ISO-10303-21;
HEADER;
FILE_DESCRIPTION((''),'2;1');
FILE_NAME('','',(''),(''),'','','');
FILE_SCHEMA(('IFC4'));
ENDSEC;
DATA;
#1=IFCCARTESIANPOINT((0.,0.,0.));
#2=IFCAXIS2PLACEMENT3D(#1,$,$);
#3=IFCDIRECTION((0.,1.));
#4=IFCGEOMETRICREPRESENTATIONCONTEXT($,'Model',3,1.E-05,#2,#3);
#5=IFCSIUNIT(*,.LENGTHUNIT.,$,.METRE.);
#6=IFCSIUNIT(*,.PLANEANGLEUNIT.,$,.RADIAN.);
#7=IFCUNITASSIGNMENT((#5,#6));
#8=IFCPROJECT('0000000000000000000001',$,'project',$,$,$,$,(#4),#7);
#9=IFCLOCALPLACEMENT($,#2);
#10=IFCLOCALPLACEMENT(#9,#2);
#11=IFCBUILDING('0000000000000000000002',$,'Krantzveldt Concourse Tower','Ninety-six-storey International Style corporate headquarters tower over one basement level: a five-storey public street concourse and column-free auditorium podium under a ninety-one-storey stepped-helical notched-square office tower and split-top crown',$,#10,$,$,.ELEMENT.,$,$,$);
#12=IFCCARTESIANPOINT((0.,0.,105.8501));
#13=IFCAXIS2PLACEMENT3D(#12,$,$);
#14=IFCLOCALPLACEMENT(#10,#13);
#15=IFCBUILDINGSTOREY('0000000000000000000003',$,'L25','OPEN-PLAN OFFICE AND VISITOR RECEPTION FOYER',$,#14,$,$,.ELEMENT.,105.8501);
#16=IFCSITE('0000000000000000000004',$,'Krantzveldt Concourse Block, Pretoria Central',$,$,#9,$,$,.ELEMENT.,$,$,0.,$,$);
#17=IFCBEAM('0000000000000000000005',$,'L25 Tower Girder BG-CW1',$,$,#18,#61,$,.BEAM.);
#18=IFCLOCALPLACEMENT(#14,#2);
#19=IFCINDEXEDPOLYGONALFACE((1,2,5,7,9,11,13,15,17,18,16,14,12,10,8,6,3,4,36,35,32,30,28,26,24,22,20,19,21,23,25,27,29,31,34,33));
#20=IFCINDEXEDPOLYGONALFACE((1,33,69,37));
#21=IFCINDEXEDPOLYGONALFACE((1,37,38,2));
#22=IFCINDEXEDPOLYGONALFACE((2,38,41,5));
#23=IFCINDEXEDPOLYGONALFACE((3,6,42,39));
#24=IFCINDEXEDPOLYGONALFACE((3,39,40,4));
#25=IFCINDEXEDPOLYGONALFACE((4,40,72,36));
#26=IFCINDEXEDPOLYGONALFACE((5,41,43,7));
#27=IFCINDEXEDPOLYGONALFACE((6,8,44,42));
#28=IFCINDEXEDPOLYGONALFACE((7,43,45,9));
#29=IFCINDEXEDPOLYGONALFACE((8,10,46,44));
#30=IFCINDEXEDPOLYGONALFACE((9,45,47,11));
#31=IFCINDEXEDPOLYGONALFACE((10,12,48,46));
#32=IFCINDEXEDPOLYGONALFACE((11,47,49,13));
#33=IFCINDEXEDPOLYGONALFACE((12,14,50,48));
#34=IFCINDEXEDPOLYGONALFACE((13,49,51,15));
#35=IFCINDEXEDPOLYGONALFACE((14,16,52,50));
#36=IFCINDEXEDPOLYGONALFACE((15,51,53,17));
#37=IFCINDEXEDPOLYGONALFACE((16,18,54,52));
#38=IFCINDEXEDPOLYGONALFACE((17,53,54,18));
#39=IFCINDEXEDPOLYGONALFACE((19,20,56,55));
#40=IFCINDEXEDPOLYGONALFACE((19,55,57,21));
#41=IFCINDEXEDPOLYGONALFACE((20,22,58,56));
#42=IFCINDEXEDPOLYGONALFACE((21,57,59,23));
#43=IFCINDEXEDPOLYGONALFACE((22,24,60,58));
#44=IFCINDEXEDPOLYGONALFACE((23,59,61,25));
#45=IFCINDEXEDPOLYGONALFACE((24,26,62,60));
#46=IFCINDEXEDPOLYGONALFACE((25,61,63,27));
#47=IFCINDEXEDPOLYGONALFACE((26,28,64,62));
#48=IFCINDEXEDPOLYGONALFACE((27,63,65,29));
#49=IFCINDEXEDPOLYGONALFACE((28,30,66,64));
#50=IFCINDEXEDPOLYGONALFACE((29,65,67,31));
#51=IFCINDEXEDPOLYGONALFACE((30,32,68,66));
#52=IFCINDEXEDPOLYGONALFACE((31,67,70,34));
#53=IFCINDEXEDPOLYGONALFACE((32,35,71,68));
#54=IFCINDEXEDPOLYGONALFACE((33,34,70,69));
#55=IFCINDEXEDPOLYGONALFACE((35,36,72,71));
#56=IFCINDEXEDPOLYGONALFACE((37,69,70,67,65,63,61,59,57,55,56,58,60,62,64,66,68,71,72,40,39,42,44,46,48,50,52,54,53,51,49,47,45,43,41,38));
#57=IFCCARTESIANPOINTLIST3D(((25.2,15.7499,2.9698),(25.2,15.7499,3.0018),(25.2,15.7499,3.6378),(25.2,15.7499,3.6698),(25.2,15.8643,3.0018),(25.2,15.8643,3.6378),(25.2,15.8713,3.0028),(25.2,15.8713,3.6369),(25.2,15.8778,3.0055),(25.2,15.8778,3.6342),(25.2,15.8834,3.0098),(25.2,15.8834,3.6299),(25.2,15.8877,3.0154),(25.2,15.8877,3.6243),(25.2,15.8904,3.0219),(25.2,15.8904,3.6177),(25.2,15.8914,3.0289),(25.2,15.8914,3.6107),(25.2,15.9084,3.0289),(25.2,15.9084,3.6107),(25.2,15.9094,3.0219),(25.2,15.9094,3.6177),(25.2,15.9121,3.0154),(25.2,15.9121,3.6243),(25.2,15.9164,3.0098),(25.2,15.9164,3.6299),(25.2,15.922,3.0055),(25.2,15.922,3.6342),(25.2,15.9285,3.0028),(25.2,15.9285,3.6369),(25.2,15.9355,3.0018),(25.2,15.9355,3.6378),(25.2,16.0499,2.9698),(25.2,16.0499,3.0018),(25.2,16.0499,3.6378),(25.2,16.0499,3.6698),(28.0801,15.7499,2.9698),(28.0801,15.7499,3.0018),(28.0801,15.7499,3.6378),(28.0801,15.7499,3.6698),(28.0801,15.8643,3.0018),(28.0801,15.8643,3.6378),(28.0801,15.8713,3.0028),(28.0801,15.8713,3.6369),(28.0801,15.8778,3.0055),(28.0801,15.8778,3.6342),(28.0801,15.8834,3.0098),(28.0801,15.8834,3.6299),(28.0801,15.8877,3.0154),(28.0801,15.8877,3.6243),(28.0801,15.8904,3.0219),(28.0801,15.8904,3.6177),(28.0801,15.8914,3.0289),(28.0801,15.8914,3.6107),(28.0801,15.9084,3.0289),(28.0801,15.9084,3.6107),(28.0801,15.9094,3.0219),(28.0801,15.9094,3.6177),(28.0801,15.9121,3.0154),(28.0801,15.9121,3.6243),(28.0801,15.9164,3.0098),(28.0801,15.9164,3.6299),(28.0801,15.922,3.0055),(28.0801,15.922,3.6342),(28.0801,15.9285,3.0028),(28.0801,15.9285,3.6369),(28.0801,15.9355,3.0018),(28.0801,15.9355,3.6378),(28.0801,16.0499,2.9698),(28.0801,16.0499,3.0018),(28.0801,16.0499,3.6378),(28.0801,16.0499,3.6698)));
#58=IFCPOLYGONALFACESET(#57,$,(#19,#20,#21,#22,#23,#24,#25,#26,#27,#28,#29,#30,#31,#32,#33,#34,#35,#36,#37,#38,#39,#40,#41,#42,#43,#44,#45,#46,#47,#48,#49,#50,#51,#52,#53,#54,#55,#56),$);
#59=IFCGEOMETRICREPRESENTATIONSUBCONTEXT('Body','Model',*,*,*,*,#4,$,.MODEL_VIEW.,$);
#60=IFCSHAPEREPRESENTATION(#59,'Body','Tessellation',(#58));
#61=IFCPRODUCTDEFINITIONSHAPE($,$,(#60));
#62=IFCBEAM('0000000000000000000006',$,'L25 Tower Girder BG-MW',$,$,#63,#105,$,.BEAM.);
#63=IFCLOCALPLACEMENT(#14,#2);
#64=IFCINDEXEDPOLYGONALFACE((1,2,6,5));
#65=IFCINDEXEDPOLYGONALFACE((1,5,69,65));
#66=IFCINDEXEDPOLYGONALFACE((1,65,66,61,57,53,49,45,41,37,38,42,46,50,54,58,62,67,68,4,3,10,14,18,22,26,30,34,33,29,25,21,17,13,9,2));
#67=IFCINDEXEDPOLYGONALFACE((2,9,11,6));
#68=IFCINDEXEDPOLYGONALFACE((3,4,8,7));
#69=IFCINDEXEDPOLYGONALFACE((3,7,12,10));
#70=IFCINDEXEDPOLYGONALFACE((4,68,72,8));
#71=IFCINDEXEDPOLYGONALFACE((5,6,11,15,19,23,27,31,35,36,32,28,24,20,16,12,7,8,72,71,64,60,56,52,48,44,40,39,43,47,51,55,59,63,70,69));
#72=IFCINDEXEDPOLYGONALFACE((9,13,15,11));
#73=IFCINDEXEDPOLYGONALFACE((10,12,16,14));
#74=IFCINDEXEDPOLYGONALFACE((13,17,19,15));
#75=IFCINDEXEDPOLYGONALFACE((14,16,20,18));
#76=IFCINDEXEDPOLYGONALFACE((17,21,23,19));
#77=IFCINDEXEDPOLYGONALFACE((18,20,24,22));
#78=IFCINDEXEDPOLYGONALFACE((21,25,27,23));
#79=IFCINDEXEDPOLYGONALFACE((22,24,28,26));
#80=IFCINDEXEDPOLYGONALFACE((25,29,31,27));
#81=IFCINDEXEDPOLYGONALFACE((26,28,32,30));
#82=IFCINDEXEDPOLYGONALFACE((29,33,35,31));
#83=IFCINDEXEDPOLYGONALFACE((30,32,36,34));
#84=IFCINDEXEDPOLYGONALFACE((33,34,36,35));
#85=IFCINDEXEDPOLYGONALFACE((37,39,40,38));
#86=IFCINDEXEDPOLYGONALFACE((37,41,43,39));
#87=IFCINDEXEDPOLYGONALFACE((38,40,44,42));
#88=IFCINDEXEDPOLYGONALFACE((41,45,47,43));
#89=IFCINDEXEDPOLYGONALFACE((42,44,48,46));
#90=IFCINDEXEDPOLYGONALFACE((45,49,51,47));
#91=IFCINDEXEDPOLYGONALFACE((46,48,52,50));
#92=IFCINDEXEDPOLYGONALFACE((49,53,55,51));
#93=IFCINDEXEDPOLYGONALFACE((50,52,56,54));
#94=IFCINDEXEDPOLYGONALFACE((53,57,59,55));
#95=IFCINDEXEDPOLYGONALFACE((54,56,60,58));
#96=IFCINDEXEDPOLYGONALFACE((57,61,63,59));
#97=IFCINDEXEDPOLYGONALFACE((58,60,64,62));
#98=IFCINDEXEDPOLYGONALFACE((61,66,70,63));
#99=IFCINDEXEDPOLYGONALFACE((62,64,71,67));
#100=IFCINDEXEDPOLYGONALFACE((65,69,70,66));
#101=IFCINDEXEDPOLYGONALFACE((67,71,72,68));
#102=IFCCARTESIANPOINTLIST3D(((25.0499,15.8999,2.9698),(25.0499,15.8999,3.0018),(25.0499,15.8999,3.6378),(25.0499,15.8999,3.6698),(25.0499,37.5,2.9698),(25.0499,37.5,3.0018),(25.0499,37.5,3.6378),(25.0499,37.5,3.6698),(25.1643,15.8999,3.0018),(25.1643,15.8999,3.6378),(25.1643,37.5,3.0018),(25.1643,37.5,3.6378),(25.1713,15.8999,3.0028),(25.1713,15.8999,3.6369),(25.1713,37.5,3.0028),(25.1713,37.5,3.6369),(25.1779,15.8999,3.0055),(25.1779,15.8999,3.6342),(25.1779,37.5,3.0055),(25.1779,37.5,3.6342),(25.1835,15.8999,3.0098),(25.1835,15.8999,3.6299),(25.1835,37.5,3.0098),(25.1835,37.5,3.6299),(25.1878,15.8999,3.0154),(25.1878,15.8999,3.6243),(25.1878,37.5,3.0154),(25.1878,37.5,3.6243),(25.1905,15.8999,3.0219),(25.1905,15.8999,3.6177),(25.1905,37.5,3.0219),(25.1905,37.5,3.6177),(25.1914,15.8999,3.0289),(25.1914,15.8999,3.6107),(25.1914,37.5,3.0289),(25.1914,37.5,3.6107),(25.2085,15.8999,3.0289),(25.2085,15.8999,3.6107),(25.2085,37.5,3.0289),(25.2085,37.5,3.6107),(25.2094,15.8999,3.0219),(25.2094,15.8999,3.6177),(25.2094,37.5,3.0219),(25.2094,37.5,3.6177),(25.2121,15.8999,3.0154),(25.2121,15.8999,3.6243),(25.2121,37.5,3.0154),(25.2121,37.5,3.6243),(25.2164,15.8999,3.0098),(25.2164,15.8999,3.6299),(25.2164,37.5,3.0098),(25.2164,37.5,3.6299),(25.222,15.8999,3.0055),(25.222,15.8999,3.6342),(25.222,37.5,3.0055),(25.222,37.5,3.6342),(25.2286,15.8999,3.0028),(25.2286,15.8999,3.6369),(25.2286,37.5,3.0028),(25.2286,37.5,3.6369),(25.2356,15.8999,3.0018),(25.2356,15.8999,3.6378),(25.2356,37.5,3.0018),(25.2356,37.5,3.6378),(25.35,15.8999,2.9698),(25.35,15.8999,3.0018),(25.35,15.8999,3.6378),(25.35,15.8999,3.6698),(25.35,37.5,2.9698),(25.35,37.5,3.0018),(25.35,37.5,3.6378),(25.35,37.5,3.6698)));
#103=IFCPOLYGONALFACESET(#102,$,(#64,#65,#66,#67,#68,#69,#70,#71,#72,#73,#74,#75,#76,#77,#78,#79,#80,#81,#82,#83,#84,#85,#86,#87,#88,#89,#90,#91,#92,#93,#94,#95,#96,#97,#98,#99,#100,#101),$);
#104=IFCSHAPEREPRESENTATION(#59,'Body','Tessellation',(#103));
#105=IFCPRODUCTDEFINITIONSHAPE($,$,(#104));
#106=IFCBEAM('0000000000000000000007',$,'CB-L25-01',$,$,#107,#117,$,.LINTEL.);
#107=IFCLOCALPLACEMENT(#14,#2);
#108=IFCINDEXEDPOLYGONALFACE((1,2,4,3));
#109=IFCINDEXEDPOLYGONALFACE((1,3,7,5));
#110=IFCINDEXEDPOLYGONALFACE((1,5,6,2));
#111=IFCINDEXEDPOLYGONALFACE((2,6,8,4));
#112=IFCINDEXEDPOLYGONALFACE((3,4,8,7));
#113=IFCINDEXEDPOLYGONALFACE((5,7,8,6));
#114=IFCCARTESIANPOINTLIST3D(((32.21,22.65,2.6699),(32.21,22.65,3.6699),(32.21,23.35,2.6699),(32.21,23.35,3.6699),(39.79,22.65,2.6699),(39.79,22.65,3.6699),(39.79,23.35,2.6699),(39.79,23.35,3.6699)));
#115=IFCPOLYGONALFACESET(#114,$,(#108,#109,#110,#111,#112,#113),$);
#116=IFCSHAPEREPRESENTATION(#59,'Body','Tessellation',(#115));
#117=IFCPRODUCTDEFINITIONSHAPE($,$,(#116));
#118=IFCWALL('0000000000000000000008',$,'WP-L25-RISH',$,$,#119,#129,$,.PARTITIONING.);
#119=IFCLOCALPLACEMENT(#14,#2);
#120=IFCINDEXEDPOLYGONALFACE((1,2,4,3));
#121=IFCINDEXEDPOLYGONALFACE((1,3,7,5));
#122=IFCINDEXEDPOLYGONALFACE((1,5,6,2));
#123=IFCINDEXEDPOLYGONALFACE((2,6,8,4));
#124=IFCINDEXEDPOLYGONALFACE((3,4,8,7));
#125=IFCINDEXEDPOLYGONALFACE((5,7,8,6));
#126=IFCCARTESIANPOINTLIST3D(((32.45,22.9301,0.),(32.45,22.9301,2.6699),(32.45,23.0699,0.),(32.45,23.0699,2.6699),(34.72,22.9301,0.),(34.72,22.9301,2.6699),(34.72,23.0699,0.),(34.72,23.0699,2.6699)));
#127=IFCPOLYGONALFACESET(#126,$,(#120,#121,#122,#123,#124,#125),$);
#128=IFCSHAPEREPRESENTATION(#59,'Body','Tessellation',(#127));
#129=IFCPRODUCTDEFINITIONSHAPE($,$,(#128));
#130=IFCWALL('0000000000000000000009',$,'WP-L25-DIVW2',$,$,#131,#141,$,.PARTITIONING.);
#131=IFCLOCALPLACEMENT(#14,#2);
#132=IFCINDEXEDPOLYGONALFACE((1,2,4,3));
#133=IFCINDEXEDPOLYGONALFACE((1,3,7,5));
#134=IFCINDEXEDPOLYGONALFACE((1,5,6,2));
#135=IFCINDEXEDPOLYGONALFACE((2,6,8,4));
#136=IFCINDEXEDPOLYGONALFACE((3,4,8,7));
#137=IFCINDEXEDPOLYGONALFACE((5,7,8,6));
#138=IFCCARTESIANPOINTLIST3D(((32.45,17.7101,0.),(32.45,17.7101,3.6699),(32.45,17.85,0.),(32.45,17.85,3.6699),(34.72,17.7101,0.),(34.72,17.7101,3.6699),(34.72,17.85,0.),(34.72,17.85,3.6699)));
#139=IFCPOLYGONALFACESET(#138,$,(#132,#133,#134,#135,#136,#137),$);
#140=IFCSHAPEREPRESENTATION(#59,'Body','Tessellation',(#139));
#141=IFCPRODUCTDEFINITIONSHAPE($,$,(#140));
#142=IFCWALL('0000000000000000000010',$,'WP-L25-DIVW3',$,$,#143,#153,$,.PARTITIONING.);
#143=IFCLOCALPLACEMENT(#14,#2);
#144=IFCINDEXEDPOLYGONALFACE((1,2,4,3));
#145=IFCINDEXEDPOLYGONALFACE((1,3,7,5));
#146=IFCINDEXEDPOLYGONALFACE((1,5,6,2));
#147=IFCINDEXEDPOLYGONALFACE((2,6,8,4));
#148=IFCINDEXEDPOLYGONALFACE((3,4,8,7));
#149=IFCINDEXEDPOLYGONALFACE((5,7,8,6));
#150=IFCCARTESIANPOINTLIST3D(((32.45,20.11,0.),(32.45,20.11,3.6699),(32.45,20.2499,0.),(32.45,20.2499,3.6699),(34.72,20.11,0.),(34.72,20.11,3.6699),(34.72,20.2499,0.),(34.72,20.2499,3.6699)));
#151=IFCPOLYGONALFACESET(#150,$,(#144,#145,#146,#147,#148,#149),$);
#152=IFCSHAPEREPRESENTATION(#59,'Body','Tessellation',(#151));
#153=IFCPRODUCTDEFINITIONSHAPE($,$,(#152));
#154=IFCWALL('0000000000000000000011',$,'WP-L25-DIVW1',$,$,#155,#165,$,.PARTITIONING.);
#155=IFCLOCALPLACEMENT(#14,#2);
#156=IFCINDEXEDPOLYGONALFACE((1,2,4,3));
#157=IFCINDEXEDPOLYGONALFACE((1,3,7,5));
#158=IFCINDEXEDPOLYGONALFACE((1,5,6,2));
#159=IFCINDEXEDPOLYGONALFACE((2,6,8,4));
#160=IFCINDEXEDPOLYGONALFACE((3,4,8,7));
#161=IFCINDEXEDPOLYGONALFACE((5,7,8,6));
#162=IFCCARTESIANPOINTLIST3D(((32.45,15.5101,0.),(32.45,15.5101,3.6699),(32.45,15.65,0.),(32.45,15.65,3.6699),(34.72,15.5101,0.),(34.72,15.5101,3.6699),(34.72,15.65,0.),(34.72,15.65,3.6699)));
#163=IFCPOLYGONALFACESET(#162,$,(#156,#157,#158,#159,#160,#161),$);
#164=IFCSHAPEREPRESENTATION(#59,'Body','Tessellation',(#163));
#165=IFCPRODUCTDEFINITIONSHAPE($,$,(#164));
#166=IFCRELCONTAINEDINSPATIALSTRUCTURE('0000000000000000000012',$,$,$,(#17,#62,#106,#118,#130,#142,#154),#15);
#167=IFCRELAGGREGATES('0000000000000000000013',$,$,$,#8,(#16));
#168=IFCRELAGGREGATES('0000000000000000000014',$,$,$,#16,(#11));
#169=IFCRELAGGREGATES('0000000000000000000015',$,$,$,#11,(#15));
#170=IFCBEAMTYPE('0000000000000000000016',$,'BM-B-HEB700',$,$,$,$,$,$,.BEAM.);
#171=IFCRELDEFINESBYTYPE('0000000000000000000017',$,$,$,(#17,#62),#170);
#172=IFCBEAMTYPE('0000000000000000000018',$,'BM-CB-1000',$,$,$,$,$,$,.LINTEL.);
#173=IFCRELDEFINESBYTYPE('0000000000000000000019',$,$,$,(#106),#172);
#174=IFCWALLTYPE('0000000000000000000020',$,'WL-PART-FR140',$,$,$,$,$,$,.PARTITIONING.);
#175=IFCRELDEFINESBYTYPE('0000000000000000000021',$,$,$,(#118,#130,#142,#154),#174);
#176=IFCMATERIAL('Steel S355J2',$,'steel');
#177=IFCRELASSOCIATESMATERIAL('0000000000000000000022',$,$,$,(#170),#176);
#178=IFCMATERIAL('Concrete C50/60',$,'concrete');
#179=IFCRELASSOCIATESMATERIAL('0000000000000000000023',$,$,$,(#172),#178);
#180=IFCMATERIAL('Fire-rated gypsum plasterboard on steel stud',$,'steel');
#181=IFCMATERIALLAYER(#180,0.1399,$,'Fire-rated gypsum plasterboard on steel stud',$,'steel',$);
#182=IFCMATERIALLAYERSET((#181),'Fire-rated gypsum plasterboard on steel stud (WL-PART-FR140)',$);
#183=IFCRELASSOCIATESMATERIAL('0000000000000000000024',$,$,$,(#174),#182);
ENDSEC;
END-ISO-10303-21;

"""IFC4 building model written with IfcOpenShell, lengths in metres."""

from ifc_helpers import new_model, si_unit, direction, frame, frame_2d, origin, origin_2d, place, context, subcontext, project, spatial, rectangle, i_section, extrude, source, transform, mapped, material, layer, layer_set, material_profile, profile_set, type_object, type_shapes, element, save


model = new_model("IFC4")

# Units and contexts
model_context = context("Model", 3, precision=1e-05, world=origin(), true_north=direction((0.0, 1.0)))
body_context = subcontext(model_context, "Body", "Model", "MODEL_VIEW")
ifc_project = project(units=[si_unit("LENGTHUNIT", "METRE"), si_unit("PLANEANGLEUNIT", "RADIAN")], contexts=[model_context])

# Site, building, storey
site_placement = place(None, origin())
site = spatial("IfcSite", under=ifc_project, at=site_placement, Name="Krantzveldt Concourse Block, Pretoria Central", CompositionType="ELEMENT", RefElevation=0.0)
building_placement = place(site_placement, origin())
building = spatial("IfcBuilding", under=site, at=building_placement, Name="Krantzveldt Concourse Tower", Description="Ninety-six-storey International Style corporate headquarters tower over one basement level: a five-storey public street concourse and column-free auditorium podium under a ninety-one-storey stepped-helical notched-square office tower and split-top crown", CompositionType="ELEMENT")
storey_placement = place(building_placement, frame((0.0, 0.0, 105.8501)))
storey = spatial("IfcBuildingStorey", under=building, at=storey_placement, Name="L25", Description="OPEN-PLAN OFFICE AND VISITOR RECEPTION FOYER", CompositionType="ELEMENT", Elevation=105.8501)

# Beams
ifc_material_1 = material(Name="Steel S355J2", Category="steel")
ifc_material_profile_1 = material_profile(ifc_material_1, i_section(OverallWidth=0.3, OverallDepth=0.7, WebThickness=0.0171, FlangeThickness=0.032, FilletRadius=0.0271, at=origin_2d()), Name="Steel S355J2", Category="steel")
ifc_profile_set_1 = profile_set([ifc_material_profile_1], Name="Steel S355J2 - HEB 700")
beam_type_1 = type_object("IfcBeamType", Name="BM-B-HEB700", PredefinedType="BEAM", material=ifc_profile_set_1)
shared_shape_1 = source(origin(), body_context, "Body", "SweptSolid", [
    extrude(i_section(OverallWidth=0.3, OverallDepth=0.7, WebThickness=0.0171, FlangeThickness=0.032, FilletRadius=0.0271, at=origin_2d()), origin(), (0.0, 0.0, 1.0), 2.8801),
])
beam_1_placement = place(storey_placement, frame((25.2, 15.8999, 3.3198), z_axis=(1.0, 0.0, 0.0), x_axis=(0.0, 1.0, 0.0)))
element("IfcBeam", 1, at=beam_1_placement, inside=storey, type_object=beam_type_1, Name="L25 Tower Girder BG-CW1", PredefinedType="BEAM", context=body_context, shape_type="MappedRepresentation", body=[
    mapped(shared_shape_1, transform((0.0, 0.0, 0.0), x_axis=(1.0, 0.0, 0.0), y_axis=(0.0, 1.0, 0.0), z_axis=(0.0, 0.0, 1.0), scale=1.0)),
])
shared_shape_2 = source(origin(), body_context, "Body", "SweptSolid", [
    extrude(i_section(OverallWidth=0.3, OverallDepth=0.7, WebThickness=0.0171, FlangeThickness=0.032, FilletRadius=0.0271, at=origin_2d()), origin(), (0.0, 0.0, 1.0), 21.6001),
])
type_shapes(beam_type_1, [shared_shape_1, shared_shape_2])
beam_2_placement = place(storey_placement, frame((25.2, 15.8999, 3.3198), z_axis=(0.0, 1.0, 0.0), x_axis=(-1.0, 0.0, 0.0)))
element("IfcBeam", 2, at=beam_2_placement, inside=storey, type_object=beam_type_1, Name="L25 Tower Girder BG-MW", PredefinedType="BEAM", context=body_context, shape_type="MappedRepresentation", body=[
    mapped(shared_shape_2, transform((0.0, 0.0, 0.0), x_axis=(1.0, 0.0, 0.0), y_axis=(0.0, 1.0, 0.0), z_axis=(0.0, 0.0, 1.0), scale=1.0)),
])
ifc_material_2 = material(Name="Concrete C50/60", Category="concrete")
ifc_material_profile_2 = material_profile(ifc_material_2, rectangle(XDim=0.7, YDim=1.0, at=origin_2d()), Name="Concrete C50/60", Category="concrete")
ifc_profile_set_2 = profile_set([ifc_material_profile_2], Name="Concrete C50/60 - RC-CB 700x1000")
beam_type_2 = type_object("IfcBeamType", Name="BM-CB-1000", PredefinedType="LINTEL", material=ifc_profile_set_2)
shared_shape_3 = source(origin(), body_context, "Body", "SweptSolid", [
    extrude(rectangle(XDim=0.7, YDim=1.0, at=origin_2d()), origin(), (0.0, 0.0, 1.0), 7.5801),
])
type_shapes(beam_type_2, [shared_shape_3])
beam_3_placement = place(storey_placement, frame((32.21, 23.0, 3.1699), z_axis=(1.0, 0.0, 0.0), x_axis=(0.0, 1.0, 0.0)))
element("IfcBeam", 3, at=beam_3_placement, inside=storey, type_object=beam_type_2, Name="CB-L25-01", PredefinedType="LINTEL", context=body_context, shape_type="MappedRepresentation", body=[
    mapped(shared_shape_3, transform((0.0, 0.0, 0.0), x_axis=(1.0, 0.0, 0.0), y_axis=(0.0, 1.0, 0.0), z_axis=(0.0, 0.0, 1.0), scale=1.0)),
])

# Walls
ifc_material_3 = material(Name="Fire-rated gypsum plasterboard on steel stud", Category="steel")
ifc_layer_1 = layer(ifc_material_3, 0.1399, Name="Fire-rated gypsum plasterboard on steel stud", Category="steel")
ifc_layer_set_1 = layer_set([ifc_layer_1], Name="Fire-rated gypsum plasterboard on steel stud (WL-PART-FR140)")
wall_type_1 = type_object("IfcWallType", Name="WL-PART-FR140", PredefinedType="PARTITIONING", material=ifc_layer_set_1)
wall_1_placement = place(storey_placement, frame((32.45, 23.0, 0.0), z_axis=(0.0, 0.0, 1.0), x_axis=(1.0, 0.0, 0.0)))
element("IfcWall", 4, at=wall_1_placement, inside=storey, type_object=wall_type_1, Name="WP-L25-RISH", PredefinedType="PARTITIONING", context=body_context, shape_type="SweptSolid", body=[
    extrude(rectangle(XDim=2.27, YDim=0.1399, at=frame_2d((1.135, 0.0))), origin(), (0.0, 0.0, 1.0), 2.6699),
])
for number, where, z_axis, x_axis, name in (
    (5, (32.45, 17.78, 0.0), (0.0, 0.0, 1.0), (1.0, 0.0, 0.0), "WP-L25-DIVW2"),
    (6, (32.45, 20.1799, 0.0), (0.0, 0.0, 1.0), (1.0, 0.0, 0.0), "WP-L25-DIVW3"),
    (7, (32.45, 15.5801, 0.0), (0.0, 0.0, 1.0), (1.0, 0.0, 0.0), "WP-L25-DIVW1"),
):
    element("IfcWall", number, at=place(storey_placement, frame(where, z_axis=z_axis, x_axis=x_axis)), inside=storey, type_object=wall_type_1, Name=name, PredefinedType="PARTITIONING", context=body_context, shape_type="SweptSolid", body=[
        extrude(rectangle(XDim=2.27, YDim=0.1399, at=frame_2d((1.135, 0.0))), origin(), (0.0, 0.0, 1.0), 3.6699),
    ])

save(model, "model.ifc")
